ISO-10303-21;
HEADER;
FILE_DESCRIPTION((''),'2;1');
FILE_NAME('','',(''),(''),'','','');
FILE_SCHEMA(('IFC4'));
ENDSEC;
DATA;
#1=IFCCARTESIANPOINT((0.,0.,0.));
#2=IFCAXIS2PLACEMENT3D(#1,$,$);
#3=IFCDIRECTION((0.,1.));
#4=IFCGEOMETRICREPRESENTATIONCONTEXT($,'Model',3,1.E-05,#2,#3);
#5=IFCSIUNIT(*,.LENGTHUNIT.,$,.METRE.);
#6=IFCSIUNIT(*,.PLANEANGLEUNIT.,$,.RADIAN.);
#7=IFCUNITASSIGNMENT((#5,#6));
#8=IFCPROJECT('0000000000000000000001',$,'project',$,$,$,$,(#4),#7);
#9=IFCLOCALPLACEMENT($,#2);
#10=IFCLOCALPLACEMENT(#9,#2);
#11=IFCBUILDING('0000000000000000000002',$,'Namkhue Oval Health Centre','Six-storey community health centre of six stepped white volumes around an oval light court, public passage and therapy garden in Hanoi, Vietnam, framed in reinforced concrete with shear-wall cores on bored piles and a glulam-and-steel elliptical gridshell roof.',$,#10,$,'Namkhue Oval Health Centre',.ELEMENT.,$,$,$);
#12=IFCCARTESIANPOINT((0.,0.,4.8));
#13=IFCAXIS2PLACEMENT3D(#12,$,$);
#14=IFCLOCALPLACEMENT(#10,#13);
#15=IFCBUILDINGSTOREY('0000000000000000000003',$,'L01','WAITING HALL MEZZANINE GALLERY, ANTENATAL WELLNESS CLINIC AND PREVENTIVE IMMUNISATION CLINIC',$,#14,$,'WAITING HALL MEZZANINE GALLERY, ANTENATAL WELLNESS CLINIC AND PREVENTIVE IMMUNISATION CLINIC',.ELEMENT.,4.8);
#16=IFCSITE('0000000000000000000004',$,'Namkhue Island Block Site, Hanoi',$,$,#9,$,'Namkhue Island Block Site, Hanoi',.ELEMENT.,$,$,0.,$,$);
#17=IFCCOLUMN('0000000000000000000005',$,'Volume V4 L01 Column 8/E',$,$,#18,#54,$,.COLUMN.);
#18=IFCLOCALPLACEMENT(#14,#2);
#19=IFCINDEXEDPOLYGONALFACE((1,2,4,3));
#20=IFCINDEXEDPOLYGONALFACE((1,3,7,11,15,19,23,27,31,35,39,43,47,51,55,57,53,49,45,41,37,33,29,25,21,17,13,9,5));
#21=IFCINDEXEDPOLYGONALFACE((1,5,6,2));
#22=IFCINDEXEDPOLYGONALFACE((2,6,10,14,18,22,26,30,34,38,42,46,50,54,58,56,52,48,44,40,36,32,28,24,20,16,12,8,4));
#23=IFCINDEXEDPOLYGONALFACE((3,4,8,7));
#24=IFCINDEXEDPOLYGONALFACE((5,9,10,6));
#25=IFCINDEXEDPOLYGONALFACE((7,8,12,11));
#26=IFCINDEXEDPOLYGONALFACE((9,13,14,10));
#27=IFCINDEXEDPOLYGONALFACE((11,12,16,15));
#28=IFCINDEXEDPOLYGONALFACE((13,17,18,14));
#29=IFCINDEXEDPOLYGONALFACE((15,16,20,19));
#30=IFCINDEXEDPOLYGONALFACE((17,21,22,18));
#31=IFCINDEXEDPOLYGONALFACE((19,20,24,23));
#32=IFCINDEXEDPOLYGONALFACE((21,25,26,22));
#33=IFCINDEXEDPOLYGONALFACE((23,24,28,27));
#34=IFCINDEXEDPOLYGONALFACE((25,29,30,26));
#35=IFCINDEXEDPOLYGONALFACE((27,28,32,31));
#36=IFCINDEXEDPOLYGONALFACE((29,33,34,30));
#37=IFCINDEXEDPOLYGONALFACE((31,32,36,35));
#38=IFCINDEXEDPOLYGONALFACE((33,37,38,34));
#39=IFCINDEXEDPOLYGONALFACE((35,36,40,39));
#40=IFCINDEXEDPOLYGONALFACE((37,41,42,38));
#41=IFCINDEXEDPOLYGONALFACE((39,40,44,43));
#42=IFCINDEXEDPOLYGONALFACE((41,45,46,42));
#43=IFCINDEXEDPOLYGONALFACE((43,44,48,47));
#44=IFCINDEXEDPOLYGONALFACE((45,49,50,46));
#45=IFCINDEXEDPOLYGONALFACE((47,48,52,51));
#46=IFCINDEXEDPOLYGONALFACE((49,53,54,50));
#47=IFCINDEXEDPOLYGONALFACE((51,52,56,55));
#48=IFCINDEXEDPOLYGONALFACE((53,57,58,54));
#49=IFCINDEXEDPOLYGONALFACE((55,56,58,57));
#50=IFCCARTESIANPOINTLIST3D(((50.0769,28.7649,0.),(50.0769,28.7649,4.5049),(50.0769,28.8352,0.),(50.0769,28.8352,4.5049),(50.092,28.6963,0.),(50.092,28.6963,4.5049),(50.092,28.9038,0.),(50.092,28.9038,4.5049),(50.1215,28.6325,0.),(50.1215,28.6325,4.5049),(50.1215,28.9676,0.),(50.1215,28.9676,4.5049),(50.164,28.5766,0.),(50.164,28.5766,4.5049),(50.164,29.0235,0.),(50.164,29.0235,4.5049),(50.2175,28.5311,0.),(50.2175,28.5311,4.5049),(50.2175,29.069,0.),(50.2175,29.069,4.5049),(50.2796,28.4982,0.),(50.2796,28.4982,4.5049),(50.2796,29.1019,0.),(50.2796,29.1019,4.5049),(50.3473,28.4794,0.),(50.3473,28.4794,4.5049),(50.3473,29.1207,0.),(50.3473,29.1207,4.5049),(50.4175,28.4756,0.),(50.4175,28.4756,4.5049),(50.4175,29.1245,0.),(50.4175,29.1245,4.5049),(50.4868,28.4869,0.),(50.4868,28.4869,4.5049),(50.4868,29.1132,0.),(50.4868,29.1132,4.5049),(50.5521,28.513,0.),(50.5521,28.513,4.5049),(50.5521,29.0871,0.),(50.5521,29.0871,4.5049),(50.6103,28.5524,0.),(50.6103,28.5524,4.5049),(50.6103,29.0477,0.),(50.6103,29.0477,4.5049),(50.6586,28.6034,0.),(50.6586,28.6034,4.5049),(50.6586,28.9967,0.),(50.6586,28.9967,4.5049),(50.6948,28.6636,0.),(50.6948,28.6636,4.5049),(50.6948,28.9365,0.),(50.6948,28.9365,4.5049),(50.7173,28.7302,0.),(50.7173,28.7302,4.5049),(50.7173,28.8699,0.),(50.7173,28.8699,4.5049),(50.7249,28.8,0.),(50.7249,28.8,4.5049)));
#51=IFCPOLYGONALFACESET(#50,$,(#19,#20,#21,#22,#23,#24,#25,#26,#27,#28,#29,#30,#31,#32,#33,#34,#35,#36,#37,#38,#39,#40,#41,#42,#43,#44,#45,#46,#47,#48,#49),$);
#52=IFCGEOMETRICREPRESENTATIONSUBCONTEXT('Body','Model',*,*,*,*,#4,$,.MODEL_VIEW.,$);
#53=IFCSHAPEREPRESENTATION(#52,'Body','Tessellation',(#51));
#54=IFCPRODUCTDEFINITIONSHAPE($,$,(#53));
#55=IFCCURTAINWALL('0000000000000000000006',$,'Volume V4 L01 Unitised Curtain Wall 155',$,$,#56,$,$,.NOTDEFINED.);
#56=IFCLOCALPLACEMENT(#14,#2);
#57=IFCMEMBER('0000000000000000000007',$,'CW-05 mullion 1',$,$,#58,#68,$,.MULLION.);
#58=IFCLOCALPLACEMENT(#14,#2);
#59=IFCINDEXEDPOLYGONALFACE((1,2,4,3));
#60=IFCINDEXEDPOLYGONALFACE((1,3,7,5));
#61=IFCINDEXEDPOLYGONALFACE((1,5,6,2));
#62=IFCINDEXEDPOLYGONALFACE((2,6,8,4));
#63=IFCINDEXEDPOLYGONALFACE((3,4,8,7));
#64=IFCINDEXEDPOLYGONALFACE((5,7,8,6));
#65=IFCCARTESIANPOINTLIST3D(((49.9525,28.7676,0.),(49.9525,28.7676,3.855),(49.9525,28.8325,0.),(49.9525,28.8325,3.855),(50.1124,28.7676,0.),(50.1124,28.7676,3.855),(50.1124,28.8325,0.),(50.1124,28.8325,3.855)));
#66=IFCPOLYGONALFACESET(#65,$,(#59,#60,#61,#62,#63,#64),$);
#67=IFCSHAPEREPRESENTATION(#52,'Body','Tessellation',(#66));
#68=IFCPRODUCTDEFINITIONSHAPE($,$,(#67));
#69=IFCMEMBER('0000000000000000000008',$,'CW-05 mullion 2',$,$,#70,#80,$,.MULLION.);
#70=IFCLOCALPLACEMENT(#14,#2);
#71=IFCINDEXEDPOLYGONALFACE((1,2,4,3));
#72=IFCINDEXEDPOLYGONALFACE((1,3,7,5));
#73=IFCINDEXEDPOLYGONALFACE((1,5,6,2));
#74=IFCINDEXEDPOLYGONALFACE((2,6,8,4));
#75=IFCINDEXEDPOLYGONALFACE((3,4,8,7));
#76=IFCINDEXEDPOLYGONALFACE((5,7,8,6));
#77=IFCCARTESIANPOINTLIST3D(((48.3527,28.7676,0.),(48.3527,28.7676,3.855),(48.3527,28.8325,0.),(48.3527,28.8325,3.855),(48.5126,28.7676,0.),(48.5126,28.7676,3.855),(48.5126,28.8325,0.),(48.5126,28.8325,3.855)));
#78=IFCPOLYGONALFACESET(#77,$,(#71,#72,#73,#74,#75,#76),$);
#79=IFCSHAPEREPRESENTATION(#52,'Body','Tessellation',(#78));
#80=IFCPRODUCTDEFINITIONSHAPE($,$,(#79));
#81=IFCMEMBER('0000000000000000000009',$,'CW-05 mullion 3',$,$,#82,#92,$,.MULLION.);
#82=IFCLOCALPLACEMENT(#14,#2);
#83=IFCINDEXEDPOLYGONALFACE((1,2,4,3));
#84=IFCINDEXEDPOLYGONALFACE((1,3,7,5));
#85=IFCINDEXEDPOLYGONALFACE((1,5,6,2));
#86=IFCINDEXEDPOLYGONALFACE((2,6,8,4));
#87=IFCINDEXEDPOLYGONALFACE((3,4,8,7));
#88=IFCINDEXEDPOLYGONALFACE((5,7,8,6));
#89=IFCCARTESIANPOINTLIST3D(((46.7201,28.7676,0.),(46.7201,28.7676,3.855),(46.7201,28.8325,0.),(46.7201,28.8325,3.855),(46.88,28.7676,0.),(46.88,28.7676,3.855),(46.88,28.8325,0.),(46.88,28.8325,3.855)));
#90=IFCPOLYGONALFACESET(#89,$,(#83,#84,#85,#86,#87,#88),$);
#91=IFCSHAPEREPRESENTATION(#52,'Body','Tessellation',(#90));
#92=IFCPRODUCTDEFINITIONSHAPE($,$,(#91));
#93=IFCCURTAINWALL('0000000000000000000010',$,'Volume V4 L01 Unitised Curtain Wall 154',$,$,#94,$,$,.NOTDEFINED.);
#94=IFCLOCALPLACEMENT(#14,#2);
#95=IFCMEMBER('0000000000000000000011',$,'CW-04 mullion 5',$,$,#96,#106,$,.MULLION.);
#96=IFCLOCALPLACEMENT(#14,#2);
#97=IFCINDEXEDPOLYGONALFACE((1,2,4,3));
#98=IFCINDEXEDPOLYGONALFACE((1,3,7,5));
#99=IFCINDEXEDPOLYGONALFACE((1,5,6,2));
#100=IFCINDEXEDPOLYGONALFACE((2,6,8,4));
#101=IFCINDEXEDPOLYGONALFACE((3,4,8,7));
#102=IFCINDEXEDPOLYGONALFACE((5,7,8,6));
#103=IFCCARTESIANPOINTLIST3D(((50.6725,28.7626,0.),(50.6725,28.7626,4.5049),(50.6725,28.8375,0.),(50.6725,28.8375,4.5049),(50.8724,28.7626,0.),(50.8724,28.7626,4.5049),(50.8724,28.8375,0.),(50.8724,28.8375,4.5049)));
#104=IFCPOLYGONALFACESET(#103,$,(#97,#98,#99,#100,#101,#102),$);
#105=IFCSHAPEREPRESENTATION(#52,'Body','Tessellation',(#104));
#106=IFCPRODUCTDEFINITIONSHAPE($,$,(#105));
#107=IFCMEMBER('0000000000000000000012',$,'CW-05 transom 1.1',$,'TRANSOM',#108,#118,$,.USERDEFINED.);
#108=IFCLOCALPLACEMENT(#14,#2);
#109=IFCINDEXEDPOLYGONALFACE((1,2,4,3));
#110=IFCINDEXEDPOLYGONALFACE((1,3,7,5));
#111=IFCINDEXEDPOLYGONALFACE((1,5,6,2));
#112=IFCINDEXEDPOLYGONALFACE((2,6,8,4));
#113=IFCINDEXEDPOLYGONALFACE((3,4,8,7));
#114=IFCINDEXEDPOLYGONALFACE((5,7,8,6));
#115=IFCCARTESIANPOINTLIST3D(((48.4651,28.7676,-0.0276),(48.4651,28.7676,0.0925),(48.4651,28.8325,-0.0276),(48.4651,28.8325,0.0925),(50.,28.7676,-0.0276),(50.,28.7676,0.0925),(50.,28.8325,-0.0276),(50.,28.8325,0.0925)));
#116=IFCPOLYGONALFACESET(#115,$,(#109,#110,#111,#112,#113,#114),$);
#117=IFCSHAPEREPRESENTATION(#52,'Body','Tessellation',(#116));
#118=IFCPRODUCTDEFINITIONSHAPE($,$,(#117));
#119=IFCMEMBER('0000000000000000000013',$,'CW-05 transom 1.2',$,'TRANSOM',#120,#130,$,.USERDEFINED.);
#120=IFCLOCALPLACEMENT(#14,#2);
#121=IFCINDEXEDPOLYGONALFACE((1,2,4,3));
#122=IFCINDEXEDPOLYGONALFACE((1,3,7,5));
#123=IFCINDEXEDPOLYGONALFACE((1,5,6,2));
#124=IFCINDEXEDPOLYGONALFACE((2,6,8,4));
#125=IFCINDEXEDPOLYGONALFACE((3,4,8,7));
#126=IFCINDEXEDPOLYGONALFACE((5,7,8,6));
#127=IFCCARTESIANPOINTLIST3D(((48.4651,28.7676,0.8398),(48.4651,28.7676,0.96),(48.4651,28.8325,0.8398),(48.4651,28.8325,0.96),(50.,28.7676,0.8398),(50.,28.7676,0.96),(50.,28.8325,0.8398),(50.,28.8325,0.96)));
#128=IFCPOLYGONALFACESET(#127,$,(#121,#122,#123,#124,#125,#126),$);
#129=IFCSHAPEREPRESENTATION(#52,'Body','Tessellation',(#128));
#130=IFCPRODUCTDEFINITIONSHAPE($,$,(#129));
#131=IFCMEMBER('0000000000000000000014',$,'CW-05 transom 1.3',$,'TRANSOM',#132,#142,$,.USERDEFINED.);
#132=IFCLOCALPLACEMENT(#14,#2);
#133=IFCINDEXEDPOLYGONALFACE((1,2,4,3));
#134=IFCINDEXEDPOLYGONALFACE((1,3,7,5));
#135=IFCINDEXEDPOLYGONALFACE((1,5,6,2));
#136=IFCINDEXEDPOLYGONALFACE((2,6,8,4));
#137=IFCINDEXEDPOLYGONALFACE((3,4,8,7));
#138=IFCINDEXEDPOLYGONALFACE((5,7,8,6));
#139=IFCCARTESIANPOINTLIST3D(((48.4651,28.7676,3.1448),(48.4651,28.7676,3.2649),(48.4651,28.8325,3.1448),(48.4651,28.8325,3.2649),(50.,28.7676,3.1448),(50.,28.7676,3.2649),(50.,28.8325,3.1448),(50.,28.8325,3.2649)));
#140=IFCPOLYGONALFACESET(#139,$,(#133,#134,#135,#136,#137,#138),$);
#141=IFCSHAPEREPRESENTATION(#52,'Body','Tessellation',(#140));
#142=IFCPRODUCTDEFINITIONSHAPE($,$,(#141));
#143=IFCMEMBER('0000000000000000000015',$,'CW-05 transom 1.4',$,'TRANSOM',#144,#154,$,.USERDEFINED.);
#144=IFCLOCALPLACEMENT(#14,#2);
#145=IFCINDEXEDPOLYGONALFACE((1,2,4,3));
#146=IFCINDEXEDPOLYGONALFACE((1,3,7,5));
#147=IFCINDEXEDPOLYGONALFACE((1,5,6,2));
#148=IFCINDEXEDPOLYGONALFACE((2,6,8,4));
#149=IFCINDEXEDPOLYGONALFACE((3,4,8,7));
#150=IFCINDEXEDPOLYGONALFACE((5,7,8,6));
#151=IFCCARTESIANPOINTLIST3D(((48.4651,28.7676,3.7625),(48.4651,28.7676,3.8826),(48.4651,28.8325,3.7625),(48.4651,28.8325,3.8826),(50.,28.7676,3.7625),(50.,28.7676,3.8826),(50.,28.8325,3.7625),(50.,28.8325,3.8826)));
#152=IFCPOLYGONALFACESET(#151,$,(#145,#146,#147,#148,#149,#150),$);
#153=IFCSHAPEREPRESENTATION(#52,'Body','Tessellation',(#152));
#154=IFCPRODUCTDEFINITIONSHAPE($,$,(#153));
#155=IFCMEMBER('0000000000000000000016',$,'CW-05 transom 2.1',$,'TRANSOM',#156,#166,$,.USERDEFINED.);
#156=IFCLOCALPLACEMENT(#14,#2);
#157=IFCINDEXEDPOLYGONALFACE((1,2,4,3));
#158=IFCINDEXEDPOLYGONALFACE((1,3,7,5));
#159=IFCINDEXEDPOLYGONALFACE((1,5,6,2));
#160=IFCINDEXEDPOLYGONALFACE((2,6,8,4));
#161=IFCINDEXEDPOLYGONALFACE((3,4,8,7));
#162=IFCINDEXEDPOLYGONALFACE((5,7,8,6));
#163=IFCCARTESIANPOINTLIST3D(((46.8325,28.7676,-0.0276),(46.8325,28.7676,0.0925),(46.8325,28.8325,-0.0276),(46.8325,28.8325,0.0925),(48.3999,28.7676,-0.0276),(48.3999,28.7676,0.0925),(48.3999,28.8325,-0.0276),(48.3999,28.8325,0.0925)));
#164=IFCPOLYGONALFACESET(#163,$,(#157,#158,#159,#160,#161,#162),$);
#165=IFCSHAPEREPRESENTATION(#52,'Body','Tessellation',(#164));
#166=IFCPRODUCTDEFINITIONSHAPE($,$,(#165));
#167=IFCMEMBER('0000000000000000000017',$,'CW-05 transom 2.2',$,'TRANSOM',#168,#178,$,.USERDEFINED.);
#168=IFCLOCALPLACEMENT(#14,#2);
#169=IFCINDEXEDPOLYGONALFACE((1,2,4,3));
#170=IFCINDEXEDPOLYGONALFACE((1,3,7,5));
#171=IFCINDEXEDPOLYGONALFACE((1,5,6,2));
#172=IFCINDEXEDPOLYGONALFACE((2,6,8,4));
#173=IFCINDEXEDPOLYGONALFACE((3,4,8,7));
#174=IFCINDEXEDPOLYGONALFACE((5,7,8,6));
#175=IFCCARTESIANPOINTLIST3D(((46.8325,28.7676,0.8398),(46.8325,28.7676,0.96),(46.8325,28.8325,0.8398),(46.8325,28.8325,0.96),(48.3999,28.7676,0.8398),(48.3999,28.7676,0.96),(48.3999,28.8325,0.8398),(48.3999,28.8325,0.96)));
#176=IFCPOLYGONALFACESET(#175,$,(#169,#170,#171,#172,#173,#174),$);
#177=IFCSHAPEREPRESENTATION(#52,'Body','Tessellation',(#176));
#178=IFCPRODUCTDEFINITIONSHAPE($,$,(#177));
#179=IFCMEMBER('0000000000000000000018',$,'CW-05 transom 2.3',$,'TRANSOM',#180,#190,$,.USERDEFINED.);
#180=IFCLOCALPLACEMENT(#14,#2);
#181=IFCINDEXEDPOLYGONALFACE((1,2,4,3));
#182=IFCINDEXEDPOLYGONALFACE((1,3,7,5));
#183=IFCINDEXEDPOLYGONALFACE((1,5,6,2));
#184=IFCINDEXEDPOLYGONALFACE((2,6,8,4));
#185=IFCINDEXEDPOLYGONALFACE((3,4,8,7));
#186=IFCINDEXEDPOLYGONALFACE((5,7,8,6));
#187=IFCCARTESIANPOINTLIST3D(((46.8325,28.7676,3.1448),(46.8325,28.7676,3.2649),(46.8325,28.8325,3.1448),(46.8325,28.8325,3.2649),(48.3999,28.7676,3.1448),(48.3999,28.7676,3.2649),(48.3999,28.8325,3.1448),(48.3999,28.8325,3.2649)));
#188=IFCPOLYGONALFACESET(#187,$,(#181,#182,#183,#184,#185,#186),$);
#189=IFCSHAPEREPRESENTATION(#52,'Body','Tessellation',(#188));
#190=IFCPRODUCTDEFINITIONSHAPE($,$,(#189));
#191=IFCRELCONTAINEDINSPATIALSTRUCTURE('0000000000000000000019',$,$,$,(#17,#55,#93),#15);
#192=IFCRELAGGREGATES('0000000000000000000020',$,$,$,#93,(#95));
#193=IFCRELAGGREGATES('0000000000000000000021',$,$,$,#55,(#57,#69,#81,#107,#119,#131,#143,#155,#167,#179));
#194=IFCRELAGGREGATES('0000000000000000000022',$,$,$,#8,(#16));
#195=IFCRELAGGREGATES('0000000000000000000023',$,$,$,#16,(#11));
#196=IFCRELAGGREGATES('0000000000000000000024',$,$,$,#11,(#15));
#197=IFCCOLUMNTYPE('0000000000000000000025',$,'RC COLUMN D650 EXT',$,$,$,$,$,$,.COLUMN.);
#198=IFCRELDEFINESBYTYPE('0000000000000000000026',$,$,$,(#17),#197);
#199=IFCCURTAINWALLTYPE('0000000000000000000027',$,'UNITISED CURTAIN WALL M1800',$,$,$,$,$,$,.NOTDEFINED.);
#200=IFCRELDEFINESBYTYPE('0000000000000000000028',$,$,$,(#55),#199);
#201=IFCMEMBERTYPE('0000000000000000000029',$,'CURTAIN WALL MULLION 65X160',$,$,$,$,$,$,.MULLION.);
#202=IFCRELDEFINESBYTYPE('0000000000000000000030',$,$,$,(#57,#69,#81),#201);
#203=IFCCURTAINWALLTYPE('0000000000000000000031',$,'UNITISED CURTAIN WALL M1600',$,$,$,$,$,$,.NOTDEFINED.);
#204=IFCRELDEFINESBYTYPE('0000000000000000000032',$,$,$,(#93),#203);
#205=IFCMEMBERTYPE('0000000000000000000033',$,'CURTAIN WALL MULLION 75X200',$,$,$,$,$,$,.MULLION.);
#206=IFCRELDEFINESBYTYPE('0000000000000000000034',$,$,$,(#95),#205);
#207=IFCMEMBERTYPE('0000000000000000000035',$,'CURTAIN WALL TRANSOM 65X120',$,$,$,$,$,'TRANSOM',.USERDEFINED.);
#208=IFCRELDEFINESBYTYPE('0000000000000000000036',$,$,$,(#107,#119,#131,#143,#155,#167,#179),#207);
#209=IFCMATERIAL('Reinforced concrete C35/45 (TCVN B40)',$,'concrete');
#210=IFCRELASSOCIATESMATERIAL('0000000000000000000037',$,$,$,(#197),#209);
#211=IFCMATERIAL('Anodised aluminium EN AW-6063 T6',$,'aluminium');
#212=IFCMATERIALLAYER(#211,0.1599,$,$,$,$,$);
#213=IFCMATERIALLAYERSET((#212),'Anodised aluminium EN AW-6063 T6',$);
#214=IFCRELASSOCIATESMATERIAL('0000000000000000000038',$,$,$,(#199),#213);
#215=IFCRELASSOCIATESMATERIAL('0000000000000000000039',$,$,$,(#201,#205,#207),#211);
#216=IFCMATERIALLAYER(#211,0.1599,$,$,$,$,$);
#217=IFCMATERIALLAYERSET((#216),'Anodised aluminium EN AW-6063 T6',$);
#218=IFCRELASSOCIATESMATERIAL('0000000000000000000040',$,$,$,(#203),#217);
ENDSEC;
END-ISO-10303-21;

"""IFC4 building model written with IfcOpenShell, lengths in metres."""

from ifc_helpers import new_model, si_unit, direction, frame, origin, origin_2d, place, context, subcontext, project, spatial, rectangle, circle, extrude, material, layer, layer_set, material_profile, profile_set, type_object, element, aggregate, save


model = new_model("IFC4")

# Units and contexts
model_context = context("Model", 3, precision=1e-05, world=origin(), true_north=direction((0.0, 1.0)))
body_context = subcontext(model_context, "Body", "Model", "MODEL_VIEW")
ifc_project = project(units=[si_unit("LENGTHUNIT", "METRE"), si_unit("PLANEANGLEUNIT", "RADIAN")], contexts=[model_context])

# Site, building, storey
site_placement = place(None, origin())
site = spatial("IfcSite", under=ifc_project, at=site_placement, Name="Namkhue Island Block Site, Hanoi", LongName="Namkhue Island Block Site, Hanoi", CompositionType="ELEMENT", RefElevation=0.0)
building_placement = place(site_placement, origin())
building = spatial("IfcBuilding", under=site, at=building_placement, Name="Namkhue Oval Health Centre", Description="Six-storey community health centre of six stepped white volumes around an oval light court, public passage and therapy garden in Hanoi, Vietnam, framed in reinforced concrete with shear-wall cores on bored piles and a glulam-and-steel elliptical gridshell roof.", LongName="Namkhue Oval Health Centre", CompositionType="ELEMENT")
storey_placement = place(building_placement, frame((0.0, 0.0, 4.8)))
storey = spatial("IfcBuildingStorey", under=building, at=storey_placement, Name="L01", Description="WAITING HALL MEZZANINE GALLERY, ANTENATAL WELLNESS CLINIC AND PREVENTIVE IMMUNISATION CLINIC", LongName="WAITING HALL MEZZANINE GALLERY, ANTENATAL WELLNESS CLINIC AND PREVENTIVE IMMUNISATION CLINIC", CompositionType="ELEMENT", Elevation=4.8)

# Column
ifc_material_1 = material(Name="Reinforced concrete C35/45 (TCVN B40)", Category="concrete")
ifc_material_profile_1 = material_profile(ifc_material_1, circle(Radius=0.325, at=origin_2d()), Name="RC D650")
ifc_profile_set_1 = profile_set([ifc_material_profile_1], Name="Reinforced concrete C35/45 (TCVN B40)")
column_type = type_object("IfcColumnType", Name="RC COLUMN D650 EXT", PredefinedType="COLUMN", material=ifc_profile_set_1)
column_placement = place(storey_placement, frame((50.3999, 28.8, 0.0), z_axis=(0.0, 0.0, 1.0), x_axis=(1.0, 0.0, 0.0)))
element("IfcColumn", 1, at=column_placement, inside=storey, type_object=column_type, Name="Volume V4 L01 Column 8/E", PredefinedType="COLUMN", context=body_context, shape_type="SweptSolid", body=[
    extrude(circle(Radius=0.325, at=origin_2d()), origin(), (0.0, 0.0, 1.0), 4.5049),
])

# Curtain wall, members
ifc_material_2 = material(Name="Anodised aluminium EN AW-6063 T6", Category="aluminium")
ifc_layer_1 = layer(ifc_material_2, 0.1599)
ifc_layer_set_1 = layer_set([ifc_layer_1], Name="Anodised aluminium EN AW-6063 T6")
curtain_wall_type_1 = type_object("IfcCurtainWallType", Name="UNITISED CURTAIN WALL M1800", PredefinedType="NOTDEFINED", material=ifc_layer_set_1)
curtain_wall_1_placement = place(storey_placement, origin())
curtain_wall_1 = element("IfcCurtainWall", 2, at=curtain_wall_1_placement, inside=storey, type_object=curtain_wall_type_1, Name="Volume V4 L01 Unitised Curtain Wall 155", PredefinedType="NOTDEFINED")
ifc_material_profile_2 = material_profile(ifc_material_2, rectangle(XDim=0.0649, YDim=0.1599, at=origin_2d()), Name="ALU 65x160")
ifc_profile_set_2 = profile_set([ifc_material_profile_2], Name="Anodised aluminium EN AW-6063 T6")
member_type_1 = type_object("IfcMemberType", Name="CURTAIN WALL MULLION 65X160", PredefinedType="MULLION", material=ifc_profile_set_2)
member_1_placement = place(storey_placement, frame((50.0325, 28.8, 0.0), z_axis=(0.0, 0.0, 1.0), x_axis=(0.0, -1.0, 0.0)))
member_1 = element("IfcMember", 3, at=member_1_placement, type_object=member_type_1, Name="CW-05 mullion 1", PredefinedType="MULLION", context=body_context, shape_type="SweptSolid", body=[
    extrude(rectangle(XDim=0.0649, YDim=0.1599, at=origin_2d()), origin(), (0.0, 0.0, 1.0), 3.855),
])
member_2_placement = place(storey_placement, frame((48.4326, 28.8, 0.0), z_axis=(0.0, 0.0, 1.0), x_axis=(0.0, -1.0, 0.0)))
member_2 = element("IfcMember", 4, at=member_2_placement, type_object=member_type_1, Name="CW-05 mullion 2", PredefinedType="MULLION", context=body_context, shape_type="SweptSolid", body=[
    extrude(rectangle(XDim=0.0649, YDim=0.1599, at=origin_2d()), origin(), (0.0, 0.0, 1.0), 3.855),
])
member_3_placement = place(storey_placement, frame((46.8, 28.8, 0.0), z_axis=(0.0, 0.0, 1.0), x_axis=(0.0, -1.0, 0.0)))
member_3 = element("IfcMember", 5, at=member_3_placement, type_object=member_type_1, Name="CW-05 mullion 3", PredefinedType="MULLION", context=body_context, shape_type="SweptSolid", body=[
    extrude(rectangle(XDim=0.0649, YDim=0.1599, at=origin_2d()), origin(), (0.0, 0.0, 1.0), 3.855),
])

# Curtain wall, member
ifc_layer_2 = layer(ifc_material_2, 0.1599)
ifc_layer_set_2 = layer_set([ifc_layer_2], Name="Anodised aluminium EN AW-6063 T6")
curtain_wall_type_2 = type_object("IfcCurtainWallType", Name="UNITISED CURTAIN WALL M1600", PredefinedType="NOTDEFINED", material=ifc_layer_set_2)
curtain_wall_2_placement = place(storey_placement, origin())
curtain_wall_2 = element("IfcCurtainWall", 6, at=curtain_wall_2_placement, inside=storey, type_object=curtain_wall_type_2, Name="Volume V4 L01 Unitised Curtain Wall 154", PredefinedType="NOTDEFINED")
ifc_material_profile_3 = material_profile(ifc_material_2, rectangle(XDim=0.075, YDim=0.2, at=origin_2d()), Name="ALU 75x200")
ifc_profile_set_3 = profile_set([ifc_material_profile_3], Name="Anodised aluminium EN AW-6063 T6")
member_type_2 = type_object("IfcMemberType", Name="CURTAIN WALL MULLION 75X200", PredefinedType="MULLION", material=ifc_profile_set_3)
member_4_placement = place(storey_placement, frame((50.7725, 28.8, 0.0), z_axis=(0.0, 0.0, 1.0), x_axis=(0.0, -1.0, 0.0)))
member_4 = element("IfcMember", 7, at=member_4_placement, type_object=member_type_2, Name="CW-04 mullion 5", PredefinedType="MULLION", context=body_context, shape_type="SweptSolid", body=[
    extrude(rectangle(XDim=0.075, YDim=0.2, at=origin_2d()), origin(), (0.0, 0.0, 1.0), 4.5049),
])
aggregate(curtain_wall_2, [member_4])

# Members
ifc_material_profile_4 = material_profile(ifc_material_2, rectangle(XDim=0.0649, YDim=0.1201, at=origin_2d()), Name="ALU 65x120")
ifc_profile_set_4 = profile_set([ifc_material_profile_4], Name="Anodised aluminium EN AW-6063 T6")
member_type_3 = type_object("IfcMemberType", Name="CURTAIN WALL TRANSOM 65X120", ElementType="TRANSOM", PredefinedType="USERDEFINED", material=ifc_profile_set_4)
member_5_placement = place(storey_placement, frame((50.0, 28.8, 0.0325), z_axis=(-1.0, 0.0, 0.0), x_axis=(0.0, -1.0, 0.0)))
member_5 = element("IfcMember", 8, at=member_5_placement, type_object=member_type_3, Name="CW-05 transom 1.1", ObjectType="TRANSOM", PredefinedType="USERDEFINED", context=body_context, shape_type="SweptSolid", body=[
    extrude(rectangle(XDim=0.0649, YDim=0.1201, at=origin_2d()), origin(), (0.0, 0.0, 1.0), 1.5349),
])
member_6_placement = place(storey_placement, frame((50.0, 28.8, 0.8999), z_axis=(-1.0, 0.0, 0.0), x_axis=(0.0, -1.0, 0.0)))
member_6 = element("IfcMember", 9, at=member_6_placement, type_object=member_type_3, Name="CW-05 transom 1.2", ObjectType="TRANSOM", PredefinedType="USERDEFINED", context=body_context, shape_type="SweptSolid", body=[
    extrude(rectangle(XDim=0.0649, YDim=0.1201, at=origin_2d()), origin(), (0.0, 0.0, 1.0), 1.5349),
])
member_7_placement = place(storey_placement, frame((50.0, 28.8, 3.2048), z_axis=(-1.0, 0.0, 0.0), x_axis=(0.0, -1.0, 0.0)))
member_7 = element("IfcMember", 10, at=member_7_placement, type_object=member_type_3, Name="CW-05 transom 1.3", ObjectType="TRANSOM", PredefinedType="USERDEFINED", context=body_context, shape_type="SweptSolid", body=[
    extrude(rectangle(XDim=0.0649, YDim=0.1201, at=origin_2d()), origin(), (0.0, 0.0, 1.0), 1.5349),
])
member_8_placement = place(storey_placement, frame((50.0, 28.8, 3.8225), z_axis=(-1.0, 0.0, 0.0), x_axis=(0.0, -1.0, 0.0)))
member_8 = element("IfcMember", 11, at=member_8_placement, type_object=member_type_3, Name="CW-05 transom 1.4", ObjectType="TRANSOM", PredefinedType="USERDEFINED", context=body_context, shape_type="SweptSolid", body=[
    extrude(rectangle(XDim=0.0649, YDim=0.1201, at=origin_2d()), origin(), (0.0, 0.0, 1.0), 1.5349),
])
member_9_placement = place(storey_placement, frame((48.3999, 28.8, 0.0325), z_axis=(-1.0, 0.0, 0.0), x_axis=(0.0, -1.0, 0.0)))
member_9 = element("IfcMember", 12, at=member_9_placement, type_object=member_type_3, Name="CW-05 transom 2.1", ObjectType="TRANSOM", PredefinedType="USERDEFINED", context=body_context, shape_type="SweptSolid", body=[
    extrude(rectangle(XDim=0.0649, YDim=0.1201, at=origin_2d()), origin(), (0.0, 0.0, 1.0), 1.5674),
])
member_10_placement = place(storey_placement, frame((48.3999, 28.8, 0.8999), z_axis=(-1.0, 0.0, 0.0), x_axis=(0.0, -1.0, 0.0)))
member_10 = element("IfcMember", 13, at=member_10_placement, type_object=member_type_3, Name="CW-05 transom 2.2", ObjectType="TRANSOM", PredefinedType="USERDEFINED", context=body_context, shape_type="SweptSolid", body=[
    extrude(rectangle(XDim=0.0649, YDim=0.1201, at=origin_2d()), origin(), (0.0, 0.0, 1.0), 1.5674),
])
member_11_placement = place(storey_placement, frame((48.3999, 28.8, 3.2048), z_axis=(-1.0, 0.0, 0.0), x_axis=(0.0, -1.0, 0.0)))
member_11 = element("IfcMember", 14, at=member_11_placement, type_object=member_type_3, Name="CW-05 transom 2.3", ObjectType="TRANSOM", PredefinedType="USERDEFINED", context=body_context, shape_type="SweptSolid", body=[
    extrude(rectangle(XDim=0.0649, YDim=0.1201, at=origin_2d()), origin(), (0.0, 0.0, 1.0), 1.5674),
])

aggregate(curtain_wall_1, [member_1, member_2, member_3, member_5, member_6, member_7, member_8, member_9, member_10, member_11])

save(model, "model.ifc")
